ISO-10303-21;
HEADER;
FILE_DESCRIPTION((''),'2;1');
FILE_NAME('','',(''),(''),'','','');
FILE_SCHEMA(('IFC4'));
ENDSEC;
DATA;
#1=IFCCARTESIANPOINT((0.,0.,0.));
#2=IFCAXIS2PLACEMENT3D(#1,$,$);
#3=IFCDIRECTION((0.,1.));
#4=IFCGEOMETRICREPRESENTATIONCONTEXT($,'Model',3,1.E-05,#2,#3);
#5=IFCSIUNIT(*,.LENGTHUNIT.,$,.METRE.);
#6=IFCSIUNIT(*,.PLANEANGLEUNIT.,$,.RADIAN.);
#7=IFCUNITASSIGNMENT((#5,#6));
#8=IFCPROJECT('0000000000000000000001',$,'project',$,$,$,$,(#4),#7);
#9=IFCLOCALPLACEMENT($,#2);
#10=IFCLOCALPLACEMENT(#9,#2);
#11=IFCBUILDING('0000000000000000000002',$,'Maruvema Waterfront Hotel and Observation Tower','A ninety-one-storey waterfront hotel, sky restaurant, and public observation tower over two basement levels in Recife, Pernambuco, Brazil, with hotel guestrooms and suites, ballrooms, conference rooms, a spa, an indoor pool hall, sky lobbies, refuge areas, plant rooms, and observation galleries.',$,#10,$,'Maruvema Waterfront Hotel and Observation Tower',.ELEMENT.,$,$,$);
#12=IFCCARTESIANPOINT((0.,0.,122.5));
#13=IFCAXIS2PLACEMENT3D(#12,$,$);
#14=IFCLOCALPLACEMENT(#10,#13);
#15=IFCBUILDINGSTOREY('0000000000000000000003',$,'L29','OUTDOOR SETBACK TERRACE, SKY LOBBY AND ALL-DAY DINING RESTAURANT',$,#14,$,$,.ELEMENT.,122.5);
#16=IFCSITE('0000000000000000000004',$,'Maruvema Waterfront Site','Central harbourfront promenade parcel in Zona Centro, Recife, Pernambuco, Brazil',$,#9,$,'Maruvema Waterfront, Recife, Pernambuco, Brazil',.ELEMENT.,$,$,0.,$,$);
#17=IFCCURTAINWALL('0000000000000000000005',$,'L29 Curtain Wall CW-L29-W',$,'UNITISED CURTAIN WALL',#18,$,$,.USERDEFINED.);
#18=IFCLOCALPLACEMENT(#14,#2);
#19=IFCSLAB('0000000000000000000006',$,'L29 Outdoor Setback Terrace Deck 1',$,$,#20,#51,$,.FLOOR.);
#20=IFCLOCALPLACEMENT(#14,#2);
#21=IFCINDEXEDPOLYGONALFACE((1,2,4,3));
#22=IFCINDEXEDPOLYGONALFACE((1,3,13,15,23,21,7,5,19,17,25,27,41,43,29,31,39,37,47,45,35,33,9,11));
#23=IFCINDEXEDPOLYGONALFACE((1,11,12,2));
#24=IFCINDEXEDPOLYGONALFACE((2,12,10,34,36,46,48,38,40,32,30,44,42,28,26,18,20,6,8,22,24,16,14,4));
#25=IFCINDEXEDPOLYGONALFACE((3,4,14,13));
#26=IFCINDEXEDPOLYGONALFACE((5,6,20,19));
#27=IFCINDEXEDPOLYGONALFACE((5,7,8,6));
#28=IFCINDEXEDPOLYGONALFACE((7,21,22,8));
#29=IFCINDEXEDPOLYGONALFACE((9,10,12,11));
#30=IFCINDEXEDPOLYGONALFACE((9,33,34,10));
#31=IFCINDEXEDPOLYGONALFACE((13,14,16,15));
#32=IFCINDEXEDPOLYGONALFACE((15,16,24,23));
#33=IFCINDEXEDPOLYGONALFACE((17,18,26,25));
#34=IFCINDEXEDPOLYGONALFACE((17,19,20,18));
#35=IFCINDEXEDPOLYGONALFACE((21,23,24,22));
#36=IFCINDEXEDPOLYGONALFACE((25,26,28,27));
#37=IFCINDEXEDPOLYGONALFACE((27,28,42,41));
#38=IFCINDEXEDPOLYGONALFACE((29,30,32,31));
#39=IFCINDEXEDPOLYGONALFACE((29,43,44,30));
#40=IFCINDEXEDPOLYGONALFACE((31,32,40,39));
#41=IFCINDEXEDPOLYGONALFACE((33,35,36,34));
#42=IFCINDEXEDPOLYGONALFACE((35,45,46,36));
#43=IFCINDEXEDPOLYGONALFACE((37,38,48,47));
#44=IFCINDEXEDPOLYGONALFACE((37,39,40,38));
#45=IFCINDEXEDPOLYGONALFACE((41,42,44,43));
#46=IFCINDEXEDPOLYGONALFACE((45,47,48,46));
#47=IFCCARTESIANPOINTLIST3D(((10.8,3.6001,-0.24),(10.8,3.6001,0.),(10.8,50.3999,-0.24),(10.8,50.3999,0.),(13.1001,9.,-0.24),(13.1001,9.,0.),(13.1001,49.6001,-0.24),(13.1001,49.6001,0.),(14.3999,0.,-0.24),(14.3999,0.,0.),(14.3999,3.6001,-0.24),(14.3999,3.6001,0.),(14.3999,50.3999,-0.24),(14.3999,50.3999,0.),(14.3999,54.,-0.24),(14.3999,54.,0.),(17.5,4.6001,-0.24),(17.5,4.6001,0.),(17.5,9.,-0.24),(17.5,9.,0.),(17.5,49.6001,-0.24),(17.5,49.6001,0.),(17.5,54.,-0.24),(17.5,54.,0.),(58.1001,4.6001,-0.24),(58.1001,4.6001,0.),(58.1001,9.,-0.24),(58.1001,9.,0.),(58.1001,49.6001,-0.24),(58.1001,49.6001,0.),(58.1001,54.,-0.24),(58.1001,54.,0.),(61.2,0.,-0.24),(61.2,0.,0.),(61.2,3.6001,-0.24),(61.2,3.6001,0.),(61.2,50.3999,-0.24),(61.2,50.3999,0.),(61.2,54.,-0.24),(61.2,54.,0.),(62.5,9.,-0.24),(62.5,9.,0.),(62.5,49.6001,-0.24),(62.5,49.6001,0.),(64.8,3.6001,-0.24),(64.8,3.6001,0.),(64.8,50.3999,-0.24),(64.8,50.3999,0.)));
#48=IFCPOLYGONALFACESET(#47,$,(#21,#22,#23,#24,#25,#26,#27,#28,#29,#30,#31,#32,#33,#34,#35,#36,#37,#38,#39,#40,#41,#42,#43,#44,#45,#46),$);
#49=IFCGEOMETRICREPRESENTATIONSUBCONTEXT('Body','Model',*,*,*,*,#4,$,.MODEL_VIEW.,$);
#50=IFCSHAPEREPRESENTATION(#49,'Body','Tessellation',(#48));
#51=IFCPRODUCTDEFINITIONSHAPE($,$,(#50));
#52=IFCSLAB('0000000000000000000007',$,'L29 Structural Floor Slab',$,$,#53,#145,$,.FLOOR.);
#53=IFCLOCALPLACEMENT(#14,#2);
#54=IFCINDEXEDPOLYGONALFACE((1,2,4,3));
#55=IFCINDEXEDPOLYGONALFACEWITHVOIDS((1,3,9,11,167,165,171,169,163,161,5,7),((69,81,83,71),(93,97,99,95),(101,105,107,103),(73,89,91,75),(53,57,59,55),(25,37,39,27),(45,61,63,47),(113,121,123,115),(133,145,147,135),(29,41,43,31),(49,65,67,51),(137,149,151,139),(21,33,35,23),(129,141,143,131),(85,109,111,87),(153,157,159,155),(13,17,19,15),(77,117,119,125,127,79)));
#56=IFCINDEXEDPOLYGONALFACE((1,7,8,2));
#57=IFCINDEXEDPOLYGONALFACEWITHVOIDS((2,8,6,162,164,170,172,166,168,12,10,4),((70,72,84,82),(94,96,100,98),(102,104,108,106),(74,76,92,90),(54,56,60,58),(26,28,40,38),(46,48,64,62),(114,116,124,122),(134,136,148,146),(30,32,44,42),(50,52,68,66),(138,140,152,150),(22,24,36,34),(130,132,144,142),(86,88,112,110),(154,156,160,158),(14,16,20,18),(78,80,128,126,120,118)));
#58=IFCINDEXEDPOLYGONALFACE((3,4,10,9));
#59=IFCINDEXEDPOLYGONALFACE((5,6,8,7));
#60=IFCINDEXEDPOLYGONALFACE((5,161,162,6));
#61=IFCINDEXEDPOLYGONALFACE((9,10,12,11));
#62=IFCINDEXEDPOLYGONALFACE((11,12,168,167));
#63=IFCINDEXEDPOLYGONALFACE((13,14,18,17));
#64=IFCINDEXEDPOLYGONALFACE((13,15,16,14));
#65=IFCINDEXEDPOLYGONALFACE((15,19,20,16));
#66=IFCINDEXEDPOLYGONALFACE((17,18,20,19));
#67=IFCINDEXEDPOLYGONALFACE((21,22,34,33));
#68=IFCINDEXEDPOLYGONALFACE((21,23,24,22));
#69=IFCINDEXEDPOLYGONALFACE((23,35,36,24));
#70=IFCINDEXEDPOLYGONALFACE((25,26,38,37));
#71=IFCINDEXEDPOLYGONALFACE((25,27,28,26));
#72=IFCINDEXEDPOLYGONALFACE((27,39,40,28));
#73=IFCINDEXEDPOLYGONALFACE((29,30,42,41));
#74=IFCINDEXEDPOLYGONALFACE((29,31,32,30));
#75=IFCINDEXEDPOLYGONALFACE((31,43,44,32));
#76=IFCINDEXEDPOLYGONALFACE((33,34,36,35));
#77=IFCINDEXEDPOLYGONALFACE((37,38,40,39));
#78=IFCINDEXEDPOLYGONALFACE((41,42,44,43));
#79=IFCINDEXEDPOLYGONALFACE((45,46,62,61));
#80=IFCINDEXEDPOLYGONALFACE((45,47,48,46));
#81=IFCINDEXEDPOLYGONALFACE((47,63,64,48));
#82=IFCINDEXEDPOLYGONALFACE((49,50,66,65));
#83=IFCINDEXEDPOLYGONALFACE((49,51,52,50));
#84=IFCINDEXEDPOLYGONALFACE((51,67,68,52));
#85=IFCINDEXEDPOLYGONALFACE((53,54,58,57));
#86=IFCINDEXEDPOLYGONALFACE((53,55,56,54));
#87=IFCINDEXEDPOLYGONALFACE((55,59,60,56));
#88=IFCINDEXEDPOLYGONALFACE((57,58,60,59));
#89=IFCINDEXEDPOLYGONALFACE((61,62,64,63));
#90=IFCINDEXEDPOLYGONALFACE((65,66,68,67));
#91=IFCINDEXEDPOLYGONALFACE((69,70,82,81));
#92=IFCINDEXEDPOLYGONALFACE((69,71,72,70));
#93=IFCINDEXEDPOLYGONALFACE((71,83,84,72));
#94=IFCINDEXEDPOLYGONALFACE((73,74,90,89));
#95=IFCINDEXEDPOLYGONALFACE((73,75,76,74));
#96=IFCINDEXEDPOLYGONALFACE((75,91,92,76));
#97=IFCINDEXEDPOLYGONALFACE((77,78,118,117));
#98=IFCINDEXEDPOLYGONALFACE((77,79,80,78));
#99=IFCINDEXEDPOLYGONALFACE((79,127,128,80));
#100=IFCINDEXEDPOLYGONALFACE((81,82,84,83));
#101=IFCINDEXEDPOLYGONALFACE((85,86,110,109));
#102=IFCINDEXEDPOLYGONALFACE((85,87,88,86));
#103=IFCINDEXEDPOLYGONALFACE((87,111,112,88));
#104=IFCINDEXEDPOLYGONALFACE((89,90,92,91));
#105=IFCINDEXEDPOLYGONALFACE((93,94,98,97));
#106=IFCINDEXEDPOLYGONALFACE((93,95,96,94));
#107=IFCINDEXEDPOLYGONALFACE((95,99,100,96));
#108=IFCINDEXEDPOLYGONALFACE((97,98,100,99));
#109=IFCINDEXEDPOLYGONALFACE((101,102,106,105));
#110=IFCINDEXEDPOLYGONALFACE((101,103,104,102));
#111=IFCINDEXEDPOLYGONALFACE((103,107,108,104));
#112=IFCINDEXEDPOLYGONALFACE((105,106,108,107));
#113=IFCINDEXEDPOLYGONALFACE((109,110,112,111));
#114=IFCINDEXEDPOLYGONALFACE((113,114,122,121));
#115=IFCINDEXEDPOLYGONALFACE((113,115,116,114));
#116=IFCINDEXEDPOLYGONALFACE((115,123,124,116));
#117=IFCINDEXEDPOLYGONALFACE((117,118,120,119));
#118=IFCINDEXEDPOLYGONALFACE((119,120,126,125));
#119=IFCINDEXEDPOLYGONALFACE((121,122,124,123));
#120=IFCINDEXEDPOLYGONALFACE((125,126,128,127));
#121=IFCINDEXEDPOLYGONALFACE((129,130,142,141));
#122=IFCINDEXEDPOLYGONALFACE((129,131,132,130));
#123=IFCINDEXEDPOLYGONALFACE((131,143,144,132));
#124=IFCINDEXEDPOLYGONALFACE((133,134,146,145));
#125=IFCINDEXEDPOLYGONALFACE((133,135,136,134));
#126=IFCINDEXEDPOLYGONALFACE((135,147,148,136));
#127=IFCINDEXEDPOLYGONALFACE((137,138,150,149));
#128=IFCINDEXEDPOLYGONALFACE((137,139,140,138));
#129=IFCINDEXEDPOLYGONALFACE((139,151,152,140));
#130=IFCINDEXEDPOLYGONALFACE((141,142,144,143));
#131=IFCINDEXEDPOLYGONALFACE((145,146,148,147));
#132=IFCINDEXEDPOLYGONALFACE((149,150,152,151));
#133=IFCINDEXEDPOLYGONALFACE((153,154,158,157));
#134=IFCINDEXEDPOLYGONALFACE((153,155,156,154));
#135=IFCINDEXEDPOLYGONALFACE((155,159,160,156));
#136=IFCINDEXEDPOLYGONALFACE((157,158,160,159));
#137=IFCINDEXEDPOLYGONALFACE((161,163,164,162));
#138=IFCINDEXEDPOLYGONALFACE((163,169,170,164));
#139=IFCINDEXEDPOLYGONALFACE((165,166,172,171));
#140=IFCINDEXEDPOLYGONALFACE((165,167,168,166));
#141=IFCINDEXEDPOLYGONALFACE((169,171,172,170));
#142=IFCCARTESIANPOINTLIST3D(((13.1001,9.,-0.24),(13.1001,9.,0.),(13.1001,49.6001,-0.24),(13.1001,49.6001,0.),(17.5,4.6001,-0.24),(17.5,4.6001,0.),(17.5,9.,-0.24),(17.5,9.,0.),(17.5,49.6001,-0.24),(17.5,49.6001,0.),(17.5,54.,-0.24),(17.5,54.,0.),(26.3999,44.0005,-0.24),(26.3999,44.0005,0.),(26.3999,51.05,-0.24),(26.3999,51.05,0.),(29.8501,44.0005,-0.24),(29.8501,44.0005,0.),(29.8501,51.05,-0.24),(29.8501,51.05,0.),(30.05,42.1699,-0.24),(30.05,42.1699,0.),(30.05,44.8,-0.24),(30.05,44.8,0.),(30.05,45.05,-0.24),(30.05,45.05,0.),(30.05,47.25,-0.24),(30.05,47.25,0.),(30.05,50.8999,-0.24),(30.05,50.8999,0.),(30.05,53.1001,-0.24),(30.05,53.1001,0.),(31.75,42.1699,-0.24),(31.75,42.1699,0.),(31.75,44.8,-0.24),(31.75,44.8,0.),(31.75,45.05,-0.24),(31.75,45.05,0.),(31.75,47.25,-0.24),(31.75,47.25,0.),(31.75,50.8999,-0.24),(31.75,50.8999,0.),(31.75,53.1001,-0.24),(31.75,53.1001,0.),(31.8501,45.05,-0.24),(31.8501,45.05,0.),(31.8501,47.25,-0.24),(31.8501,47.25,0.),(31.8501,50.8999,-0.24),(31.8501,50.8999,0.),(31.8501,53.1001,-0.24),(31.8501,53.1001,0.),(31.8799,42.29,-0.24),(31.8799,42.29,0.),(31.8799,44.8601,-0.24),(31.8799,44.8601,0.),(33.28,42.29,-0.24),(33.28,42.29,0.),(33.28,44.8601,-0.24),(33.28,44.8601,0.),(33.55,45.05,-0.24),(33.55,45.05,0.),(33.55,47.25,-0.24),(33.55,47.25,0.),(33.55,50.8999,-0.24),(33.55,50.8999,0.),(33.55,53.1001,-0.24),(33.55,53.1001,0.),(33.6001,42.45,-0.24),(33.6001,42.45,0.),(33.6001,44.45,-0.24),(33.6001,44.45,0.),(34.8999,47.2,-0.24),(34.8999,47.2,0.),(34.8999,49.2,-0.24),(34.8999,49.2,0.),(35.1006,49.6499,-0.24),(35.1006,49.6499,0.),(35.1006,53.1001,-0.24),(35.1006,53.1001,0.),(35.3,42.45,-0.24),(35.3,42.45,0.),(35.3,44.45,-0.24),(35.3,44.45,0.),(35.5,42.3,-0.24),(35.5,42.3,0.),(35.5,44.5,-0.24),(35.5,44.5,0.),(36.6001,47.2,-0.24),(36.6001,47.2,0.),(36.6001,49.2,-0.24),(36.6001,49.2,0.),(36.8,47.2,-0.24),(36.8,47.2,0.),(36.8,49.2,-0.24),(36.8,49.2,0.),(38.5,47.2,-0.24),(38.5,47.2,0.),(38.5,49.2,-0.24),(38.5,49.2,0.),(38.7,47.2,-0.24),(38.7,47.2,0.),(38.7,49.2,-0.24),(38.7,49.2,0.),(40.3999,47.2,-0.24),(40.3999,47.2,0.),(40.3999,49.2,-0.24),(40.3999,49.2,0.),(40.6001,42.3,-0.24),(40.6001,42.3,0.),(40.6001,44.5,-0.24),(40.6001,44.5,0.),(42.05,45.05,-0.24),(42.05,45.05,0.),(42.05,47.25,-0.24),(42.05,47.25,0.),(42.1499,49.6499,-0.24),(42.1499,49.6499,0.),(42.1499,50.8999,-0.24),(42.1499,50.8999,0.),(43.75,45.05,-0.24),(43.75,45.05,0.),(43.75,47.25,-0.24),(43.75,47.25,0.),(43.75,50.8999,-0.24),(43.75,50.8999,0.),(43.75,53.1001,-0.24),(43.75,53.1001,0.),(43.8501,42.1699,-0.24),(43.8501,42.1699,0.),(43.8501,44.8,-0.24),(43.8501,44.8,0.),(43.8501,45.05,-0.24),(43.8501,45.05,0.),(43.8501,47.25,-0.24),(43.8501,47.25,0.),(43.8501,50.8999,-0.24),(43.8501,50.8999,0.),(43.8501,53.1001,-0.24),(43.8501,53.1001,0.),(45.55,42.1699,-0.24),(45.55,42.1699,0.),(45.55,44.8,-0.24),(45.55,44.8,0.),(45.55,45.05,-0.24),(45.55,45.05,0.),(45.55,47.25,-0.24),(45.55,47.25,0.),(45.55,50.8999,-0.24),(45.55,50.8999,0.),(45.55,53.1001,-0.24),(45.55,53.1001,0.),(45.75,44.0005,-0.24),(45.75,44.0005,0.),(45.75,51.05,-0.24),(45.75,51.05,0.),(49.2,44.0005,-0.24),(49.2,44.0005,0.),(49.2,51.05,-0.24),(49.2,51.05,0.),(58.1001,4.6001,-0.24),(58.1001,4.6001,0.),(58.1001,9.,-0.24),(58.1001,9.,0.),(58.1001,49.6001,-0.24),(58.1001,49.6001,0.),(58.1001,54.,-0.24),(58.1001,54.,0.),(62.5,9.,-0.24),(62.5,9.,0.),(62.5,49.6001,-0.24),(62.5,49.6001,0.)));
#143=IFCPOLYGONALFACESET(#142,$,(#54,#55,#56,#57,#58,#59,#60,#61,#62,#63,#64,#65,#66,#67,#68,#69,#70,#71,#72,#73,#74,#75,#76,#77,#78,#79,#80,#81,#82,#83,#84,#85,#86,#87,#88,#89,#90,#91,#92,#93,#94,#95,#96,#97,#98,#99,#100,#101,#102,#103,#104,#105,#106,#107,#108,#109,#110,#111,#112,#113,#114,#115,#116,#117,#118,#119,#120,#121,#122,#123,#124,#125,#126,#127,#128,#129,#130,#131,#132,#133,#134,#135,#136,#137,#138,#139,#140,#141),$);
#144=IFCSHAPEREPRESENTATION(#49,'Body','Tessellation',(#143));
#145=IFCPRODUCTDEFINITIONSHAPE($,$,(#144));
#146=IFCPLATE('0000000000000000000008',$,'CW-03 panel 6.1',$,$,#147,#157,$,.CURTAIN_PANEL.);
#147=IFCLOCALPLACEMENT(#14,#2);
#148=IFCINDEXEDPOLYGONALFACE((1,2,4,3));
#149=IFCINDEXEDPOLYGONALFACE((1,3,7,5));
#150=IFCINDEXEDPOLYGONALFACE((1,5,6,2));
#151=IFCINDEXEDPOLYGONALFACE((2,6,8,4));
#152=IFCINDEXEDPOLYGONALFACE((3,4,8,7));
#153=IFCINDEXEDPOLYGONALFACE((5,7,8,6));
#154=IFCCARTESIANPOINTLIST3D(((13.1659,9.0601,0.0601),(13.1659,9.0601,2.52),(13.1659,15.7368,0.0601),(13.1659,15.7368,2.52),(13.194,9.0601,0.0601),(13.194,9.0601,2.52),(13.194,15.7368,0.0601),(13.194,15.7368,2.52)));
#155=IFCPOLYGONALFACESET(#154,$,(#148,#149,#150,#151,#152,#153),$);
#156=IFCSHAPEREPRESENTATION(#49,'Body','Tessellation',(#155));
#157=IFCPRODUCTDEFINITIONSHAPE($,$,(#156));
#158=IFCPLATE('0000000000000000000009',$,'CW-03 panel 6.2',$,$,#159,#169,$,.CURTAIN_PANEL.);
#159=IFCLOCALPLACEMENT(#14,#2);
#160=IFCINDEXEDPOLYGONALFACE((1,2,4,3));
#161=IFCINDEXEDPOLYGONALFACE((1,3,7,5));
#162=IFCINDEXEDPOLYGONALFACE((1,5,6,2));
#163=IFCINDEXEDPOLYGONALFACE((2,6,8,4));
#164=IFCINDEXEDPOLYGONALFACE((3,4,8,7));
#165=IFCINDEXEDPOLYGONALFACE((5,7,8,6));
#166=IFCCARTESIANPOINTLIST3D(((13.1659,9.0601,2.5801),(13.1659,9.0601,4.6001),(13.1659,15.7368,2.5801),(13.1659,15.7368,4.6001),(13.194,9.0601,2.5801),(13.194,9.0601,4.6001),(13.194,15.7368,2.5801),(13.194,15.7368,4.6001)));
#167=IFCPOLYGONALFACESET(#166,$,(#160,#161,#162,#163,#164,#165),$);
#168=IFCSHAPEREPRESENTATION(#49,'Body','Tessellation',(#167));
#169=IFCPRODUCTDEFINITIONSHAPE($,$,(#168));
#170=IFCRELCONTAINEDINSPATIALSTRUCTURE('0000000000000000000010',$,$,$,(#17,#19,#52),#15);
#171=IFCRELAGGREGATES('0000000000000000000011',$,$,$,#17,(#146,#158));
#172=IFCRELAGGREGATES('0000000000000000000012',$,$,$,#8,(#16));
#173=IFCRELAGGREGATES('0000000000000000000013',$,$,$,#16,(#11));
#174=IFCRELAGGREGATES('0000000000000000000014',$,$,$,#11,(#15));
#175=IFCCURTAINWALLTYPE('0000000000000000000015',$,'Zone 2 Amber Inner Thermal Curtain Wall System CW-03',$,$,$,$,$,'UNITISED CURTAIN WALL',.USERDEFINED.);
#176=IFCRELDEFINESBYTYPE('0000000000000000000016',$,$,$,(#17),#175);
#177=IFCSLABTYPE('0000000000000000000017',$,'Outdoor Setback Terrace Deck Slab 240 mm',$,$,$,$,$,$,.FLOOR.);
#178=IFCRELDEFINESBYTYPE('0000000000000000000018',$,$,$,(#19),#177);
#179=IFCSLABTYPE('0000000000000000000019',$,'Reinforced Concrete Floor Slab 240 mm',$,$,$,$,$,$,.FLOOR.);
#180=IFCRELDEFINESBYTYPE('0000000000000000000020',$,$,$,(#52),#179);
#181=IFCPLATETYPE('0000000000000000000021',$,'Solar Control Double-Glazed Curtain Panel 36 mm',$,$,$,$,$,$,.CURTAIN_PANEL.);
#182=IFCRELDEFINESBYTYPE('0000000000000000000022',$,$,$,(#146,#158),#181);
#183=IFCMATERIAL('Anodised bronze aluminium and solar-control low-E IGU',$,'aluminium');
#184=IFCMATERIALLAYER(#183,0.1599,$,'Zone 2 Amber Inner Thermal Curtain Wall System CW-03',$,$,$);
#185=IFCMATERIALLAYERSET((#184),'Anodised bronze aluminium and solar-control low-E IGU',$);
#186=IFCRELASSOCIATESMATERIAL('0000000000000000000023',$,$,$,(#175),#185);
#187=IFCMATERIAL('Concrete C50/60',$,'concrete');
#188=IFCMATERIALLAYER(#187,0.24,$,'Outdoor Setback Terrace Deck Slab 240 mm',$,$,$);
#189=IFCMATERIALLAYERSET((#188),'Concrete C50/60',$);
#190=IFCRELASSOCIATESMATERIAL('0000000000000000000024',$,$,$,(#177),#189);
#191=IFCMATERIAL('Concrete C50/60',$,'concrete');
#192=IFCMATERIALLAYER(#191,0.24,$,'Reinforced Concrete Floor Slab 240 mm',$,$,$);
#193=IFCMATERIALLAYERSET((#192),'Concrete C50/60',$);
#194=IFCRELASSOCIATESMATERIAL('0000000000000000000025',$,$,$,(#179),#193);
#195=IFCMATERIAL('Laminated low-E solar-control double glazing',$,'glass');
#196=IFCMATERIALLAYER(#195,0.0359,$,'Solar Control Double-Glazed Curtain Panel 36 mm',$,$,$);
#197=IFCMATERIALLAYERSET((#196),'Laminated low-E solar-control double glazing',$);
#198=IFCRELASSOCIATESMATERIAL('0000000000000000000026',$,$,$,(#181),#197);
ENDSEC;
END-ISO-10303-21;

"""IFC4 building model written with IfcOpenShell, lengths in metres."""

from ifc_helpers import new_model, si_unit, direction, frame, origin, origin_2d, place, context, subcontext, project, spatial, polyline, rectangle, outline, extrude, material, layer, layer_set, type_object, element, aggregate, save


model = new_model("IFC4")

# Units and contexts
model_context = context("Model", 3, precision=1e-05, world=origin(), true_north=direction((0.0, 1.0)))
body_context = subcontext(model_context, "Body", "Model", "MODEL_VIEW")
ifc_project = project(units=[si_unit("LENGTHUNIT", "METRE"), si_unit("PLANEANGLEUNIT", "RADIAN")], contexts=[model_context])

# Site, building, storey
site_placement = place(None, origin())
site = spatial("IfcSite", under=ifc_project, at=site_placement, Name="Maruvema Waterfront Site", Description="Central harbourfront promenade parcel in Zona Centro, Recife, Pernambuco, Brazil", LongName="Maruvema Waterfront, Recife, Pernambuco, Brazil", CompositionType="ELEMENT", RefElevation=0.0)
building_placement = place(site_placement, origin())
building = spatial("IfcBuilding", under=site, at=building_placement, Name="Maruvema Waterfront Hotel and Observation Tower", Description="A ninety-one-storey waterfront hotel, sky restaurant, and public observation tower over two basement levels in Recife, Pernambuco, Brazil, with hotel guestrooms and suites, ballrooms, conference rooms, a spa, an indoor pool hall, sky lobbies, refuge areas, plant rooms, and observation galleries.", LongName="Maruvema Waterfront Hotel and Observation Tower", CompositionType="ELEMENT")
storey_placement = place(building_placement, frame((0.0, 0.0, 122.5)))
storey = spatial("IfcBuildingStorey", under=building, at=storey_placement, Name="L29", Description="OUTDOOR SETBACK TERRACE, SKY LOBBY AND ALL-DAY DINING RESTAURANT", CompositionType="ELEMENT", Elevation=122.5)

# Curtain wall
ifc_material_1 = material(Name="Anodised bronze aluminium and solar-control low-E IGU", Category="aluminium")
ifc_layer_1 = layer(ifc_material_1, 0.1599, Name="Zone 2 Amber Inner Thermal Curtain Wall System CW-03")
ifc_layer_set_1 = layer_set([ifc_layer_1], Name="Anodised bronze aluminium and solar-control low-E IGU")
curtain_wall_type = type_object("IfcCurtainWallType", Name="Zone 2 Amber Inner Thermal Curtain Wall System CW-03", ElementType="UNITISED CURTAIN WALL", PredefinedType="USERDEFINED", material=ifc_layer_set_1)
curtain_wall_placement = place(storey_placement, origin())
curtain_wall = element("IfcCurtainWall", 1, at=curtain_wall_placement, inside=storey, type_object=curtain_wall_type, Name="L29 Curtain Wall CW-L29-W", ObjectType="UNITISED CURTAIN WALL", PredefinedType="USERDEFINED")

# Slabs
ifc_material_2 = material(Name="Concrete C50/60", Category="concrete")
ifc_layer_2 = layer(ifc_material_2, 0.24, Name="Outdoor Setback Terrace Deck Slab 240 mm")
ifc_layer_set_2 = layer_set([ifc_layer_2], Name="Concrete C50/60")
slab_type_1 = type_object("IfcSlabType", Name="Outdoor Setback Terrace Deck Slab 240 mm", PredefinedType="FLOOR", material=ifc_layer_set_2)
slab_1_placement = place(storey_placement, frame((0.0, 0.0, -0.24)))
element("IfcSlab", 2, at=slab_1_placement, inside=storey, type_object=slab_type_1, Name="L29 Outdoor Setback Terrace Deck 1", PredefinedType="FLOOR", context=body_context, shape_type="SweptSolid", body=[
    extrude(outline(polyline([(61.2, 54.0), (61.2, 50.3999), (64.8, 50.3999), (64.8, 3.6001), (61.2, 3.6001), (61.2, 0.0), (14.3999, 0.0), (14.3999, 3.6001), (10.8, 3.6001), (10.8, 50.3999), (14.3999, 50.3999), (14.3999, 54.0), (17.5, 54.0), (17.5, 49.6001), (13.1001, 49.6001), (13.1001, 9.0), (17.5, 9.0), (17.5, 4.6001), (58.1001, 4.6001), (58.1001, 9.0), (62.5, 9.0), (62.5, 49.6001), (58.1001, 49.6001), (58.1001, 54.0), (61.2, 54.0)])), origin(), (0.0, 0.0, 1.0), 0.24),
])
ifc_material_3 = material(Name="Concrete C50/60", Category="concrete")
ifc_layer_3 = layer(ifc_material_3, 0.24, Name="Reinforced Concrete Floor Slab 240 mm")
ifc_layer_set_3 = layer_set([ifc_layer_3], Name="Concrete C50/60")
slab_type_2 = type_object("IfcSlabType", Name="Reinforced Concrete Floor Slab 240 mm", PredefinedType="FLOOR", material=ifc_layer_set_3)
slab_2_placement = place(storey_placement, frame((0.0, 0.0, -0.24)))
element("IfcSlab", 3, at=slab_2_placement, inside=storey, type_object=slab_type_2, Name="L29 Structural Floor Slab", PredefinedType="FLOOR", context=body_context, shape_type="SweptSolid", body=[
    extrude(outline(polyline([(17.5, 4.6001), (58.1001, 4.6001), (58.1001, 9.0), (62.5, 9.0), (62.5, 49.6001), (58.1001, 49.6001), (58.1001, 54.0), (17.5, 54.0), (17.5, 49.6001), (13.1001, 49.6001), (13.1001, 9.0), (17.5, 9.0), (17.5, 4.6001)]), holes=[polyline([(26.3999, 44.0005), (26.3999, 51.05), (29.8501, 51.05), (29.8501, 44.0005), (26.3999, 44.0005)]), polyline([(30.05, 44.8), (31.75, 44.8), (31.75, 42.1699), (30.05, 42.1699), (30.05, 44.8)]), polyline([(31.75, 47.25), (31.75, 45.05), (30.05, 45.05), (30.05, 47.25), (31.75, 47.25)]), polyline([(31.75, 53.1001), (31.75, 50.8999), (30.05, 50.8999), (30.05, 53.1001), (31.75, 53.1001)]), polyline([(33.28, 44.8601), (33.28, 42.29), (31.8799, 42.29), (31.8799, 44.8601), (33.28, 44.8601)]), polyline([(31.8501, 47.25), (33.55, 47.25), (33.55, 45.05), (31.8501, 45.05), (31.8501, 47.25)]), polyline([(31.8501, 53.1001), (33.55, 53.1001), (33.55, 50.8999), (31.8501, 50.8999), (31.8501, 53.1001)]), polyline([(33.6001, 44.45), (35.3, 44.45), (35.3, 42.45), (33.6001, 42.45), (33.6001, 44.45)]), polyline([(34.8999, 49.2), (36.6001, 49.2), (36.6001, 47.2), (34.8999, 47.2), (34.8999, 49.2)]), polyline([(38.5, 49.2), (38.5, 47.2), (36.8, 47.2), (36.8, 49.2), (38.5, 49.2)]), polyline([(35.5, 44.5), (40.6001, 44.5), (40.6001, 42.3), (35.5, 42.3), (35.5, 44.5)]), polyline([(43.75, 50.8999), (42.1499, 50.8999), (42.1499, 49.6499), (35.1006, 49.6499), (35.1006, 53.1001), (43.75, 53.1001), (43.75, 50.8999)]), polyline([(40.3999, 49.2), (40.3999, 47.2), (38.7, 47.2), (38.7, 49.2), (40.3999, 49.2)]), polyline([(43.75, 47.25), (43.75, 45.05), (42.05, 45.05), (42.05, 47.25), (43.75, 47.25)]), polyline([(45.55, 44.8), (45.55, 42.1699), (43.8501, 42.1699), (43.8501, 44.8), (45.55, 44.8)]), polyline([(43.8501, 47.25), (45.55, 47.25), (45.55, 45.05), (43.8501, 45.05), (43.8501, 47.25)]), polyline([(45.55, 53.1001), (45.55, 50.8999), (43.8501, 50.8999), (43.8501, 53.1001), (45.55, 53.1001)]), polyline([(45.75, 51.05), (49.2, 51.05), (49.2, 44.0005), (45.75, 44.0005), (45.75, 51.05)])]), origin(), (0.0, 0.0, 1.0), 0.24),
])

# Plates
ifc_material_4 = material(Name="Laminated low-E solar-control double glazing", Category="glass")
ifc_layer_4 = layer(ifc_material_4, 0.0359, Name="Solar Control Double-Glazed Curtain Panel 36 mm")
ifc_layer_set_4 = layer_set([ifc_layer_4], Name="Laminated low-E solar-control double glazing")
plate_type = type_object("IfcPlateType", Name="Solar Control Double-Glazed Curtain Panel 36 mm", PredefinedType="CURTAIN_PANEL", material=ifc_layer_set_4)
plate_1_placement = place(storey_placement, frame((13.1799, 12.3984, 0.0601), z_axis=(0.0, 0.0, 1.0), x_axis=(0.0, -1.0, 0.0)))
plate_1 = element("IfcPlate", 4, at=plate_1_placement, type_object=plate_type, Name="CW-03 panel 6.1", PredefinedType="CURTAIN_PANEL", context=body_context, shape_type="SweptSolid", body=[
    extrude(rectangle(XDim=6.6768, YDim=0.0281, at=origin_2d()), origin(), (0.0, 0.0, 1.0), 2.46),
])
plate_2_placement = place(storey_placement, frame((13.1799, 12.3984, 2.5801), z_axis=(0.0, 0.0, 1.0), x_axis=(0.0, -1.0, 0.0)))
plate_2 = element("IfcPlate", 5, at=plate_2_placement, type_object=plate_type, Name="CW-03 panel 6.2", PredefinedType="CURTAIN_PANEL", context=body_context, shape_type="SweptSolid", body=[
    extrude(rectangle(XDim=6.6768, YDim=0.0281, at=origin_2d()), origin(), (0.0, 0.0, 1.0), 2.02),
])
aggregate(curtain_wall, [plate_1, plate_2])

save(model, "model.ifc")
